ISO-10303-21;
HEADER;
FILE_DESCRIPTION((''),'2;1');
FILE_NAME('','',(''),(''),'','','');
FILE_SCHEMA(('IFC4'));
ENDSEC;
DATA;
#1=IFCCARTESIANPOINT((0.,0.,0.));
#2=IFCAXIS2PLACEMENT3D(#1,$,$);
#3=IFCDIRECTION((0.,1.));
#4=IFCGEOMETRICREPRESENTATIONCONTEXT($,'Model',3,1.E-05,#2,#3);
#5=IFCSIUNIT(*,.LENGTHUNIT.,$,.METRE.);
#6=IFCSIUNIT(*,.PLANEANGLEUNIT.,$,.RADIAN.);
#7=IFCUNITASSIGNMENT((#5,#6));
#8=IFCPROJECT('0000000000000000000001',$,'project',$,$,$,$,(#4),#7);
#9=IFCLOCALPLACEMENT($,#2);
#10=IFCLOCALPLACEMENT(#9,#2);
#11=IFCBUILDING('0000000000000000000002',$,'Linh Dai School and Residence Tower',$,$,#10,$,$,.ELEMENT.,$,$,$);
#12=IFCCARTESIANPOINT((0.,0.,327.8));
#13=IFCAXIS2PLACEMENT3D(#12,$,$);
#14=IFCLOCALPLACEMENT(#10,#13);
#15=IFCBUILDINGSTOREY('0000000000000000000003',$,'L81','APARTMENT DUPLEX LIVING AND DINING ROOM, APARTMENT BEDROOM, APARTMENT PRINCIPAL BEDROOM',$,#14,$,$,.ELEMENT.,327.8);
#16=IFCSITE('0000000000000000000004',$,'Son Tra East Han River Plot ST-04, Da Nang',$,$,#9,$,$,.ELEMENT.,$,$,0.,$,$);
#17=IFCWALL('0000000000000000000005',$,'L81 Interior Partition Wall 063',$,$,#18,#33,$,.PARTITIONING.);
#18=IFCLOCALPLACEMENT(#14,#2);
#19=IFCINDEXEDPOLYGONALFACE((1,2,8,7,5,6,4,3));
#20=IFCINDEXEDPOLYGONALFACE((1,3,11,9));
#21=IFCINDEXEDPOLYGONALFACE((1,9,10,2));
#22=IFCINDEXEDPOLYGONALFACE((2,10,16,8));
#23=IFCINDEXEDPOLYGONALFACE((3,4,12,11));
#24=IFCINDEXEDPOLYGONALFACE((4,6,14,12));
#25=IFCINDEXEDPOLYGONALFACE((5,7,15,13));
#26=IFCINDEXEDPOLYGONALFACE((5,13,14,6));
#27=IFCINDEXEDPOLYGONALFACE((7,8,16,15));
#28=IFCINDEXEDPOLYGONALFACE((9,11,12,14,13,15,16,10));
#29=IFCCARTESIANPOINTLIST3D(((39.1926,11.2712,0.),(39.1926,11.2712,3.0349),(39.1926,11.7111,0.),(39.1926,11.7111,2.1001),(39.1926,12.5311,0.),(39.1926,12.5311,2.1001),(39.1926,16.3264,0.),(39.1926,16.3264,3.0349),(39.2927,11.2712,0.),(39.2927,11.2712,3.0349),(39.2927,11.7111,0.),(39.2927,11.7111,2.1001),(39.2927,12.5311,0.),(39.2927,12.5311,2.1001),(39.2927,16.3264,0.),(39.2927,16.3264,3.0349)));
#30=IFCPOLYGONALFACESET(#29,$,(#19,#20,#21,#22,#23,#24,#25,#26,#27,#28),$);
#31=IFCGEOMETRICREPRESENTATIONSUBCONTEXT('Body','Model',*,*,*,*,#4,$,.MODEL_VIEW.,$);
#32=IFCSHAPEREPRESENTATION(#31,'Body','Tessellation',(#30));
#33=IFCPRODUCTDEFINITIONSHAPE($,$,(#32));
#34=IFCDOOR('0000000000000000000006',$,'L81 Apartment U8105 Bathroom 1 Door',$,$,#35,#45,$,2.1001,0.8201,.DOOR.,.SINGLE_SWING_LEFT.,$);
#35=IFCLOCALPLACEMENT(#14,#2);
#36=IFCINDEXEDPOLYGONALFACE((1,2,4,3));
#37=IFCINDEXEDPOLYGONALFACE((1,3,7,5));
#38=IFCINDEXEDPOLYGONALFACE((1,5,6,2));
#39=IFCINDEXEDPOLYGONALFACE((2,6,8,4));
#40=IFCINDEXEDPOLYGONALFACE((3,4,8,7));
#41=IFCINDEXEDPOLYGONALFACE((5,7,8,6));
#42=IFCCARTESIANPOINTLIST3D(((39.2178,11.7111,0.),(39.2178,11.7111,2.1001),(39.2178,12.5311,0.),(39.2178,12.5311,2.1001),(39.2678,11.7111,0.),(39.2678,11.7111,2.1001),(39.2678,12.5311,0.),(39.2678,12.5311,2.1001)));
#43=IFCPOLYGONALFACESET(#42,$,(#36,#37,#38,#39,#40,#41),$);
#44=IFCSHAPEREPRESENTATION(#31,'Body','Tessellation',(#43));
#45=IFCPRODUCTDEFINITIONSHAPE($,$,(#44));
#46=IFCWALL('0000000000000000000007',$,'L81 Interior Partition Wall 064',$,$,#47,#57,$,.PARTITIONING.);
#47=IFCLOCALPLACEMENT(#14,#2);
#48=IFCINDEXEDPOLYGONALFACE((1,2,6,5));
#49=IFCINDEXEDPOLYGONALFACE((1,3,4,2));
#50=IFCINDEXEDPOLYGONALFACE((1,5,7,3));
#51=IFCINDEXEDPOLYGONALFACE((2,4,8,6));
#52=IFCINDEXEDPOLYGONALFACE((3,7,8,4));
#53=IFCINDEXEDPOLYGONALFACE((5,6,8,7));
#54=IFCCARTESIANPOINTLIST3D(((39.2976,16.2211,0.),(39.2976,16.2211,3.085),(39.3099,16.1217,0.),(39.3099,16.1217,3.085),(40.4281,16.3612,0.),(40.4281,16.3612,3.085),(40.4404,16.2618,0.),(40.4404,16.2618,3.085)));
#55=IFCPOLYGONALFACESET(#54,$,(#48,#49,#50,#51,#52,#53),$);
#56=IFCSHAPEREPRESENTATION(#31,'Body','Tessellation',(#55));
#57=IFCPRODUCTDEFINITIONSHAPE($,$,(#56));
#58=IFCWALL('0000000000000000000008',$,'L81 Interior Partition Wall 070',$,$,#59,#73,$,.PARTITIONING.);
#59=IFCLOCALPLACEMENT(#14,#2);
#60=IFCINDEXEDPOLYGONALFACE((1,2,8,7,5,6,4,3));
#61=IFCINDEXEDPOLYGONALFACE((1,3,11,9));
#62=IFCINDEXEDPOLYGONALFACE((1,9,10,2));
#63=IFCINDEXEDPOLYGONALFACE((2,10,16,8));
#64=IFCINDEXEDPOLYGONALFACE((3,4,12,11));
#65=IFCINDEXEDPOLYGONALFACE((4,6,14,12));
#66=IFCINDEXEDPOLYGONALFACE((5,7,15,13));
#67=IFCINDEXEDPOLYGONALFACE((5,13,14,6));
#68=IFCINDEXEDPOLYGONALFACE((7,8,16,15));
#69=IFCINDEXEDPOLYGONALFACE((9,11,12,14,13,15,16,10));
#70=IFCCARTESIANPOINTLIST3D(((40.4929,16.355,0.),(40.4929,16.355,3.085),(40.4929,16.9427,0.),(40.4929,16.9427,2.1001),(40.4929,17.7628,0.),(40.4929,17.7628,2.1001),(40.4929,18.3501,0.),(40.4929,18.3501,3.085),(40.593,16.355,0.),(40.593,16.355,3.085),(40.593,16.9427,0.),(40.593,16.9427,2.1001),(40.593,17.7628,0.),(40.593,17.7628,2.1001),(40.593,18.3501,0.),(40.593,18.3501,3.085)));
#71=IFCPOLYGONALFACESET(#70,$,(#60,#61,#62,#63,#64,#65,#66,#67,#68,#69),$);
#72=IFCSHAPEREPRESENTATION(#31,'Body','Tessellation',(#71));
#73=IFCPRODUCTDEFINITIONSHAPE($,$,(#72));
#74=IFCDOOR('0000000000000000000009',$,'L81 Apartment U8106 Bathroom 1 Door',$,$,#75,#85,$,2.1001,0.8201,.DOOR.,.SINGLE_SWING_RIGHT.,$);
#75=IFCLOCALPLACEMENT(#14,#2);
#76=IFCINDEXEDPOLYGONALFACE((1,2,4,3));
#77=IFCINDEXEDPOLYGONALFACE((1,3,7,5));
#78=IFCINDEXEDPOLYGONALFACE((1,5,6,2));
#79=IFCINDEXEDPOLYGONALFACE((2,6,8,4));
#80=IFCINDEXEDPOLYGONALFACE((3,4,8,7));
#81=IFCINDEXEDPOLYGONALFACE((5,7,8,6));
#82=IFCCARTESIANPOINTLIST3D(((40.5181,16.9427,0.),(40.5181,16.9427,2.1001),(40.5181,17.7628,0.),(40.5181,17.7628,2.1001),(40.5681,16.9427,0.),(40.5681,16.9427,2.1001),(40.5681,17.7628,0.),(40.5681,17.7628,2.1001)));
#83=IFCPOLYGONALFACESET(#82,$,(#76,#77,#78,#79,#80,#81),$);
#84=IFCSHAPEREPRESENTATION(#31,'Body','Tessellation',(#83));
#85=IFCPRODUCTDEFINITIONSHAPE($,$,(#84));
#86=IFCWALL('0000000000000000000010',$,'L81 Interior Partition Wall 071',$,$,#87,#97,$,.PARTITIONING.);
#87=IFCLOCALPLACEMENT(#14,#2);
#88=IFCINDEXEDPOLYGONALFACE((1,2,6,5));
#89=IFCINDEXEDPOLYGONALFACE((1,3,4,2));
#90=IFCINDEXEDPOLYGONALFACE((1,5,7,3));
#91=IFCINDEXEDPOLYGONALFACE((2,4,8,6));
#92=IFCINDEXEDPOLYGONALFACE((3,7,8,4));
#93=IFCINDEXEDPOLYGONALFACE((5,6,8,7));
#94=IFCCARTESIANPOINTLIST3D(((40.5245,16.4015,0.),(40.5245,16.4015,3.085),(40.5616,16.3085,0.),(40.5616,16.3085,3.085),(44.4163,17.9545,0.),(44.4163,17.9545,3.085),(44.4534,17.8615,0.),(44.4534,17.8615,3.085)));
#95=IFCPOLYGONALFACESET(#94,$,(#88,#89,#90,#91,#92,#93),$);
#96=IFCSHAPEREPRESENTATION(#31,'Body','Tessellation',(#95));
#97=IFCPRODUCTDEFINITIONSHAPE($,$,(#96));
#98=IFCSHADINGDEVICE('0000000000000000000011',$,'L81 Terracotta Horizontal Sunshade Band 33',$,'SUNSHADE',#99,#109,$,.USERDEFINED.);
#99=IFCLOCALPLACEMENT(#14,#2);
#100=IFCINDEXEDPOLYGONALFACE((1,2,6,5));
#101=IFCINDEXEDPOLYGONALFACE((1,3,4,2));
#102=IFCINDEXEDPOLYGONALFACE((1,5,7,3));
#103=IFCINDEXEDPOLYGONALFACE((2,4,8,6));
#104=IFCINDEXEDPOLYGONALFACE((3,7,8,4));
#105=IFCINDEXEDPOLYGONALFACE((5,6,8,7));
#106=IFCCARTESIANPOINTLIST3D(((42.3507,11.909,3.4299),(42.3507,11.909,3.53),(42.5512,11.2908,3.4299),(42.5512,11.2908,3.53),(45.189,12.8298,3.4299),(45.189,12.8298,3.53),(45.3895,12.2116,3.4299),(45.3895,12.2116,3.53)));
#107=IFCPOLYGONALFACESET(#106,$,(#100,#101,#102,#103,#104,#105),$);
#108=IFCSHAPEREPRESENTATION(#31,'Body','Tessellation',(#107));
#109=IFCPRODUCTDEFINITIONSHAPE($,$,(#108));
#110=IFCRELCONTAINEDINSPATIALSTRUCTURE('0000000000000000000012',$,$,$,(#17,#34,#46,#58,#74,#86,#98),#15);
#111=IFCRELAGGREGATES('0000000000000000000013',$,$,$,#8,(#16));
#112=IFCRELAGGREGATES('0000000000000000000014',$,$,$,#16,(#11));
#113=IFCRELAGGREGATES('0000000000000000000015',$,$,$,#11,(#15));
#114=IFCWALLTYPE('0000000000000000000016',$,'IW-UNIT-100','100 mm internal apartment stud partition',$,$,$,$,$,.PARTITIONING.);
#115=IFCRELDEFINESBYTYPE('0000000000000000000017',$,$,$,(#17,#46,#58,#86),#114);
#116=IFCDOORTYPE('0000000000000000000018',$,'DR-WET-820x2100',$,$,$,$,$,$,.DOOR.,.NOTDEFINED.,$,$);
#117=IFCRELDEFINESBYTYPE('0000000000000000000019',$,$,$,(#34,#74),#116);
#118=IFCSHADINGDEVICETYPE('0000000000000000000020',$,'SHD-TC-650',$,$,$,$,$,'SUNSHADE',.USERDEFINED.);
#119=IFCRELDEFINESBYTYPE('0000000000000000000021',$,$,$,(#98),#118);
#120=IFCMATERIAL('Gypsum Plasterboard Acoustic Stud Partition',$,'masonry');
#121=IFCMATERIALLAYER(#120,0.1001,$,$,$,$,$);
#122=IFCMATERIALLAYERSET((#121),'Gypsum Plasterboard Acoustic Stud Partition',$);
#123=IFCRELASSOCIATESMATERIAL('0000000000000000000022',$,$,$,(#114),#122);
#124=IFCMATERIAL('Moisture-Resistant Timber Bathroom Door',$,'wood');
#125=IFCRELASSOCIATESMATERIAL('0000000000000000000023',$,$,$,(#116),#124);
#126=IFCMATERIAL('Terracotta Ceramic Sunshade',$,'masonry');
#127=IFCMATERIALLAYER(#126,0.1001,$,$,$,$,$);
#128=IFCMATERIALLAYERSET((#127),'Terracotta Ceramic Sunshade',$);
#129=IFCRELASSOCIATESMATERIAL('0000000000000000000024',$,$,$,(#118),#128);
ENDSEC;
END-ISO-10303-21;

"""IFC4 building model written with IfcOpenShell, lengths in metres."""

from ifc_helpers import new_model, si_unit, direction, frame, frame_2d, origin, origin_2d, place, context, subcontext, project, spatial, rectangle, extrude, source, transform, mapped, material, layer, layer_set, type_object, element, fill, save


model = new_model("IFC4")

# Units and contexts
model_context = context("Model", 3, precision=1e-05, world=origin(), true_north=direction((0.0, 1.0)))
body_context = subcontext(model_context, "Body", "Model", "MODEL_VIEW")
ifc_project = project(units=[si_unit("LENGTHUNIT", "METRE"), si_unit("PLANEANGLEUNIT", "RADIAN")], contexts=[model_context])

# Site, building, storey
site_placement = place(None, origin())
site = spatial("IfcSite", under=ifc_project, at=site_placement, Name="Son Tra East Han River Plot ST-04, Da Nang", CompositionType="ELEMENT", RefElevation=0.0)
building_placement = place(site_placement, origin())
building = spatial("IfcBuilding", under=site, at=building_placement, Name="Linh Dai School and Residence Tower", CompositionType="ELEMENT")
storey_placement = place(building_placement, frame((0.0, 0.0, 327.8)))
storey = spatial("IfcBuildingStorey", under=building, at=storey_placement, Name="L81", Description="APARTMENT DUPLEX LIVING AND DINING ROOM, APARTMENT BEDROOM, APARTMENT PRINCIPAL BEDROOM", CompositionType="ELEMENT", Elevation=327.8)

# Wall, opening, door
ifc_material_1 = material(Name="Gypsum Plasterboard Acoustic Stud Partition", Category="masonry")
ifc_layer_1 = layer(ifc_material_1, 0.1001)
ifc_layer_set_1 = layer_set([ifc_layer_1], Name="Gypsum Plasterboard Acoustic Stud Partition")
wall_type_1 = type_object("IfcWallType", Name="IW-UNIT-100", Description="100 mm internal apartment stud partition", PredefinedType="PARTITIONING", material=ifc_layer_set_1)
wall_1_placement = place(storey_placement, frame((39.2427, 11.2712, 0.0), z_axis=(0.0, 0.0, 1.0), x_axis=(0.0, 1.0, 0.0)))
wall_1 = element("IfcWall", 1, at=wall_1_placement, inside=storey, type_object=wall_type_1, Name="L81 Interior Partition Wall 063", PredefinedType="PARTITIONING", context=body_context, shape_type="SweptSolid", body=[
    extrude(rectangle(XDim=5.0552, YDim=0.1001, at=frame_2d((2.5276, 0.0))), origin(), (0.0, 0.0, 1.0), 3.0349),
])
opening_1_placement = place(wall_1_placement, frame((0.4397, 0.0, 0.0)))
opening_1 = element("IfcOpeningElement", 2, at=opening_1_placement, cuts=wall_1, PredefinedType="OPENING", context=body_context, shape_type="SweptSolid", body=[
    extrude(rectangle(XDim=0.8201, YDim=2.1001, at=origin_2d()), frame((0.4102, 0.0601, 1.05), z_axis=(0.0, -1.0, 0.0), x_axis=(1.0, 0.0, 0.0)), (0.0, 0.0, 1.0), 0.1201),
])
ifc_material_2 = material(Name="Moisture-Resistant Timber Bathroom Door", Category="wood")
door_type_1 = type_object("IfcDoorType", Name="DR-WET-820x2100", OperationType="NOTDEFINED", PredefinedType="DOOR", material=ifc_material_2)
shared_shape_1 = source(origin(), body_context, "Body", "SweptSolid", [
    extrude(rectangle(XDim=0.8201, YDim=2.1001, at=origin_2d()), frame((0.4102, 0.0249, 1.05), z_axis=(0.0, -1.0, 0.0), x_axis=(1.0, 0.0, 0.0)), (0.0, 0.0, 1.0), 0.05),
])
door_1_placement = place(opening_1_placement, origin())
door_1 = element("IfcDoor", 3, at=door_1_placement, inside=storey, type_object=door_type_1, Name="L81 Apartment U8105 Bathroom 1 Door", OperationType="SINGLE_SWING_LEFT", OverallHeight=2.1001, OverallWidth=0.8201, PredefinedType="DOOR", context=body_context, shape_type="MappedRepresentation", body=[
    mapped(shared_shape_1, transform((0.0, 0.0, 0.0), x_axis=(1.0, 0.0, 0.0), y_axis=(0.0, 1.0, 0.0), z_axis=(0.0, 0.0, 1.0), scale=1.0)),
])
fill(opening_1, door_1)

# Wall
wall_2_placement = place(storey_placement, frame((39.3037, 16.1714, 0.0), z_axis=(0.0, 0.0, 1.0), x_axis=(0.992406, 0.123006, 0.0)))
element("IfcWall", 4, at=wall_2_placement, inside=storey, type_object=wall_type_1, Name="L81 Interior Partition Wall 064", PredefinedType="PARTITIONING", context=body_context, shape_type="SweptSolid", body=[
    extrude(rectangle(XDim=1.1392, YDim=0.1001, at=frame_2d((0.5696, 0.0))), origin(), (0.0, 0.0, 1.0), 3.085),
])

# Wall, opening, door
wall_3_placement = place(storey_placement, frame((40.543, 16.355, 0.0), z_axis=(0.0, 0.0, 1.0), x_axis=(0.0, 1.0, 0.0)))
wall_3 = element("IfcWall", 5, at=wall_3_placement, inside=storey, type_object=wall_type_1, Name="L81 Interior Partition Wall 070", PredefinedType="PARTITIONING", context=body_context, shape_type="SweptSolid", body=[
    extrude(rectangle(XDim=1.9951, YDim=0.1001, at=frame_2d((0.9976, 0.0))), origin(), (0.0, 0.0, 1.0), 3.085),
])
opening_2_placement = place(wall_3_placement, frame((0.5876, 0.0, 0.0)))
opening_2 = element("IfcOpeningElement", 6, at=opening_2_placement, cuts=wall_3, PredefinedType="OPENING", context=body_context, shape_type="SweptSolid", body=[
    extrude(rectangle(XDim=0.8201, YDim=2.1001, at=origin_2d()), frame((0.4102, 0.0601, 1.05), z_axis=(0.0, -1.0, 0.0), x_axis=(1.0, 0.0, 0.0)), (0.0, 0.0, 1.0), 0.1201),
])
door_2_placement = place(opening_2_placement, origin())
door_2 = element("IfcDoor", 7, at=door_2_placement, inside=storey, type_object=door_type_1, Name="L81 Apartment U8106 Bathroom 1 Door", OperationType="SINGLE_SWING_RIGHT", OverallHeight=2.1001, OverallWidth=0.8201, PredefinedType="DOOR", context=body_context, shape_type="MappedRepresentation", body=[
    mapped(shared_shape_1, transform((0.0, 0.0, 0.0), x_axis=(1.0, 0.0, 0.0), y_axis=(0.0, 1.0, 0.0), z_axis=(0.0, 0.0, 1.0), scale=1.0)),
])
fill(opening_2, door_2)

# Wall
wall_4_placement = place(storey_placement, frame((40.543, 16.355, 0.0), z_axis=(0.0, 0.0, 1.0), x_axis=(0.928786, 0.370617, 0.0)))
element("IfcWall", 8, at=wall_4_placement, inside=storey, type_object=wall_type_1, Name="L81 Interior Partition Wall 071", PredefinedType="PARTITIONING", context=body_context, shape_type="SweptSolid", body=[
    extrude(rectangle(XDim=4.1902, YDim=0.1001, at=frame_2d((2.0952, 0.0))), origin(), (0.0, 0.0, 1.0), 3.085),
])

# Shading device
ifc_material_3 = material(Name="Terracotta Ceramic Sunshade", Category="masonry")
ifc_layer_2 = layer(ifc_material_3, 0.1001)
ifc_layer_set_2 = layer_set([ifc_layer_2], Name="Terracotta Ceramic Sunshade")
shading_device_type = type_object("IfcShadingDeviceType", Name="SHD-TC-650", ElementType="SUNSHADE", PredefinedType="USERDEFINED", material=ifc_layer_set_2)
shared_shape_2 = source(origin(), body_context, "Body", "SweptSolid", [
    extrude(rectangle(XDim=2.9839, YDim=0.6499, at=origin_2d()), origin(), (0.0, 0.0, 1.0), 0.1001),
])
shading_device_placement = place(storey_placement, frame((43.8701, 12.0603, 3.4299), z_axis=(0.0, 0.0, 1.0), x_axis=(-0.951203, -0.308565, 0.0)))
element("IfcShadingDevice", 9, at=shading_device_placement, inside=storey, type_object=shading_device_type, Name="L81 Terracotta Horizontal Sunshade Band 33", ObjectType="SUNSHADE", PredefinedType="USERDEFINED", context=body_context, shape_type="MappedRepresentation", body=[
    mapped(shared_shape_2, transform((0.0, 0.0, 0.0), x_axis=(1.0, 0.0, 0.0), y_axis=(0.0, 1.0, 0.0), z_axis=(0.0, 0.0, 1.0), scale=1.0)),
])

save(model, "model.ifc")
